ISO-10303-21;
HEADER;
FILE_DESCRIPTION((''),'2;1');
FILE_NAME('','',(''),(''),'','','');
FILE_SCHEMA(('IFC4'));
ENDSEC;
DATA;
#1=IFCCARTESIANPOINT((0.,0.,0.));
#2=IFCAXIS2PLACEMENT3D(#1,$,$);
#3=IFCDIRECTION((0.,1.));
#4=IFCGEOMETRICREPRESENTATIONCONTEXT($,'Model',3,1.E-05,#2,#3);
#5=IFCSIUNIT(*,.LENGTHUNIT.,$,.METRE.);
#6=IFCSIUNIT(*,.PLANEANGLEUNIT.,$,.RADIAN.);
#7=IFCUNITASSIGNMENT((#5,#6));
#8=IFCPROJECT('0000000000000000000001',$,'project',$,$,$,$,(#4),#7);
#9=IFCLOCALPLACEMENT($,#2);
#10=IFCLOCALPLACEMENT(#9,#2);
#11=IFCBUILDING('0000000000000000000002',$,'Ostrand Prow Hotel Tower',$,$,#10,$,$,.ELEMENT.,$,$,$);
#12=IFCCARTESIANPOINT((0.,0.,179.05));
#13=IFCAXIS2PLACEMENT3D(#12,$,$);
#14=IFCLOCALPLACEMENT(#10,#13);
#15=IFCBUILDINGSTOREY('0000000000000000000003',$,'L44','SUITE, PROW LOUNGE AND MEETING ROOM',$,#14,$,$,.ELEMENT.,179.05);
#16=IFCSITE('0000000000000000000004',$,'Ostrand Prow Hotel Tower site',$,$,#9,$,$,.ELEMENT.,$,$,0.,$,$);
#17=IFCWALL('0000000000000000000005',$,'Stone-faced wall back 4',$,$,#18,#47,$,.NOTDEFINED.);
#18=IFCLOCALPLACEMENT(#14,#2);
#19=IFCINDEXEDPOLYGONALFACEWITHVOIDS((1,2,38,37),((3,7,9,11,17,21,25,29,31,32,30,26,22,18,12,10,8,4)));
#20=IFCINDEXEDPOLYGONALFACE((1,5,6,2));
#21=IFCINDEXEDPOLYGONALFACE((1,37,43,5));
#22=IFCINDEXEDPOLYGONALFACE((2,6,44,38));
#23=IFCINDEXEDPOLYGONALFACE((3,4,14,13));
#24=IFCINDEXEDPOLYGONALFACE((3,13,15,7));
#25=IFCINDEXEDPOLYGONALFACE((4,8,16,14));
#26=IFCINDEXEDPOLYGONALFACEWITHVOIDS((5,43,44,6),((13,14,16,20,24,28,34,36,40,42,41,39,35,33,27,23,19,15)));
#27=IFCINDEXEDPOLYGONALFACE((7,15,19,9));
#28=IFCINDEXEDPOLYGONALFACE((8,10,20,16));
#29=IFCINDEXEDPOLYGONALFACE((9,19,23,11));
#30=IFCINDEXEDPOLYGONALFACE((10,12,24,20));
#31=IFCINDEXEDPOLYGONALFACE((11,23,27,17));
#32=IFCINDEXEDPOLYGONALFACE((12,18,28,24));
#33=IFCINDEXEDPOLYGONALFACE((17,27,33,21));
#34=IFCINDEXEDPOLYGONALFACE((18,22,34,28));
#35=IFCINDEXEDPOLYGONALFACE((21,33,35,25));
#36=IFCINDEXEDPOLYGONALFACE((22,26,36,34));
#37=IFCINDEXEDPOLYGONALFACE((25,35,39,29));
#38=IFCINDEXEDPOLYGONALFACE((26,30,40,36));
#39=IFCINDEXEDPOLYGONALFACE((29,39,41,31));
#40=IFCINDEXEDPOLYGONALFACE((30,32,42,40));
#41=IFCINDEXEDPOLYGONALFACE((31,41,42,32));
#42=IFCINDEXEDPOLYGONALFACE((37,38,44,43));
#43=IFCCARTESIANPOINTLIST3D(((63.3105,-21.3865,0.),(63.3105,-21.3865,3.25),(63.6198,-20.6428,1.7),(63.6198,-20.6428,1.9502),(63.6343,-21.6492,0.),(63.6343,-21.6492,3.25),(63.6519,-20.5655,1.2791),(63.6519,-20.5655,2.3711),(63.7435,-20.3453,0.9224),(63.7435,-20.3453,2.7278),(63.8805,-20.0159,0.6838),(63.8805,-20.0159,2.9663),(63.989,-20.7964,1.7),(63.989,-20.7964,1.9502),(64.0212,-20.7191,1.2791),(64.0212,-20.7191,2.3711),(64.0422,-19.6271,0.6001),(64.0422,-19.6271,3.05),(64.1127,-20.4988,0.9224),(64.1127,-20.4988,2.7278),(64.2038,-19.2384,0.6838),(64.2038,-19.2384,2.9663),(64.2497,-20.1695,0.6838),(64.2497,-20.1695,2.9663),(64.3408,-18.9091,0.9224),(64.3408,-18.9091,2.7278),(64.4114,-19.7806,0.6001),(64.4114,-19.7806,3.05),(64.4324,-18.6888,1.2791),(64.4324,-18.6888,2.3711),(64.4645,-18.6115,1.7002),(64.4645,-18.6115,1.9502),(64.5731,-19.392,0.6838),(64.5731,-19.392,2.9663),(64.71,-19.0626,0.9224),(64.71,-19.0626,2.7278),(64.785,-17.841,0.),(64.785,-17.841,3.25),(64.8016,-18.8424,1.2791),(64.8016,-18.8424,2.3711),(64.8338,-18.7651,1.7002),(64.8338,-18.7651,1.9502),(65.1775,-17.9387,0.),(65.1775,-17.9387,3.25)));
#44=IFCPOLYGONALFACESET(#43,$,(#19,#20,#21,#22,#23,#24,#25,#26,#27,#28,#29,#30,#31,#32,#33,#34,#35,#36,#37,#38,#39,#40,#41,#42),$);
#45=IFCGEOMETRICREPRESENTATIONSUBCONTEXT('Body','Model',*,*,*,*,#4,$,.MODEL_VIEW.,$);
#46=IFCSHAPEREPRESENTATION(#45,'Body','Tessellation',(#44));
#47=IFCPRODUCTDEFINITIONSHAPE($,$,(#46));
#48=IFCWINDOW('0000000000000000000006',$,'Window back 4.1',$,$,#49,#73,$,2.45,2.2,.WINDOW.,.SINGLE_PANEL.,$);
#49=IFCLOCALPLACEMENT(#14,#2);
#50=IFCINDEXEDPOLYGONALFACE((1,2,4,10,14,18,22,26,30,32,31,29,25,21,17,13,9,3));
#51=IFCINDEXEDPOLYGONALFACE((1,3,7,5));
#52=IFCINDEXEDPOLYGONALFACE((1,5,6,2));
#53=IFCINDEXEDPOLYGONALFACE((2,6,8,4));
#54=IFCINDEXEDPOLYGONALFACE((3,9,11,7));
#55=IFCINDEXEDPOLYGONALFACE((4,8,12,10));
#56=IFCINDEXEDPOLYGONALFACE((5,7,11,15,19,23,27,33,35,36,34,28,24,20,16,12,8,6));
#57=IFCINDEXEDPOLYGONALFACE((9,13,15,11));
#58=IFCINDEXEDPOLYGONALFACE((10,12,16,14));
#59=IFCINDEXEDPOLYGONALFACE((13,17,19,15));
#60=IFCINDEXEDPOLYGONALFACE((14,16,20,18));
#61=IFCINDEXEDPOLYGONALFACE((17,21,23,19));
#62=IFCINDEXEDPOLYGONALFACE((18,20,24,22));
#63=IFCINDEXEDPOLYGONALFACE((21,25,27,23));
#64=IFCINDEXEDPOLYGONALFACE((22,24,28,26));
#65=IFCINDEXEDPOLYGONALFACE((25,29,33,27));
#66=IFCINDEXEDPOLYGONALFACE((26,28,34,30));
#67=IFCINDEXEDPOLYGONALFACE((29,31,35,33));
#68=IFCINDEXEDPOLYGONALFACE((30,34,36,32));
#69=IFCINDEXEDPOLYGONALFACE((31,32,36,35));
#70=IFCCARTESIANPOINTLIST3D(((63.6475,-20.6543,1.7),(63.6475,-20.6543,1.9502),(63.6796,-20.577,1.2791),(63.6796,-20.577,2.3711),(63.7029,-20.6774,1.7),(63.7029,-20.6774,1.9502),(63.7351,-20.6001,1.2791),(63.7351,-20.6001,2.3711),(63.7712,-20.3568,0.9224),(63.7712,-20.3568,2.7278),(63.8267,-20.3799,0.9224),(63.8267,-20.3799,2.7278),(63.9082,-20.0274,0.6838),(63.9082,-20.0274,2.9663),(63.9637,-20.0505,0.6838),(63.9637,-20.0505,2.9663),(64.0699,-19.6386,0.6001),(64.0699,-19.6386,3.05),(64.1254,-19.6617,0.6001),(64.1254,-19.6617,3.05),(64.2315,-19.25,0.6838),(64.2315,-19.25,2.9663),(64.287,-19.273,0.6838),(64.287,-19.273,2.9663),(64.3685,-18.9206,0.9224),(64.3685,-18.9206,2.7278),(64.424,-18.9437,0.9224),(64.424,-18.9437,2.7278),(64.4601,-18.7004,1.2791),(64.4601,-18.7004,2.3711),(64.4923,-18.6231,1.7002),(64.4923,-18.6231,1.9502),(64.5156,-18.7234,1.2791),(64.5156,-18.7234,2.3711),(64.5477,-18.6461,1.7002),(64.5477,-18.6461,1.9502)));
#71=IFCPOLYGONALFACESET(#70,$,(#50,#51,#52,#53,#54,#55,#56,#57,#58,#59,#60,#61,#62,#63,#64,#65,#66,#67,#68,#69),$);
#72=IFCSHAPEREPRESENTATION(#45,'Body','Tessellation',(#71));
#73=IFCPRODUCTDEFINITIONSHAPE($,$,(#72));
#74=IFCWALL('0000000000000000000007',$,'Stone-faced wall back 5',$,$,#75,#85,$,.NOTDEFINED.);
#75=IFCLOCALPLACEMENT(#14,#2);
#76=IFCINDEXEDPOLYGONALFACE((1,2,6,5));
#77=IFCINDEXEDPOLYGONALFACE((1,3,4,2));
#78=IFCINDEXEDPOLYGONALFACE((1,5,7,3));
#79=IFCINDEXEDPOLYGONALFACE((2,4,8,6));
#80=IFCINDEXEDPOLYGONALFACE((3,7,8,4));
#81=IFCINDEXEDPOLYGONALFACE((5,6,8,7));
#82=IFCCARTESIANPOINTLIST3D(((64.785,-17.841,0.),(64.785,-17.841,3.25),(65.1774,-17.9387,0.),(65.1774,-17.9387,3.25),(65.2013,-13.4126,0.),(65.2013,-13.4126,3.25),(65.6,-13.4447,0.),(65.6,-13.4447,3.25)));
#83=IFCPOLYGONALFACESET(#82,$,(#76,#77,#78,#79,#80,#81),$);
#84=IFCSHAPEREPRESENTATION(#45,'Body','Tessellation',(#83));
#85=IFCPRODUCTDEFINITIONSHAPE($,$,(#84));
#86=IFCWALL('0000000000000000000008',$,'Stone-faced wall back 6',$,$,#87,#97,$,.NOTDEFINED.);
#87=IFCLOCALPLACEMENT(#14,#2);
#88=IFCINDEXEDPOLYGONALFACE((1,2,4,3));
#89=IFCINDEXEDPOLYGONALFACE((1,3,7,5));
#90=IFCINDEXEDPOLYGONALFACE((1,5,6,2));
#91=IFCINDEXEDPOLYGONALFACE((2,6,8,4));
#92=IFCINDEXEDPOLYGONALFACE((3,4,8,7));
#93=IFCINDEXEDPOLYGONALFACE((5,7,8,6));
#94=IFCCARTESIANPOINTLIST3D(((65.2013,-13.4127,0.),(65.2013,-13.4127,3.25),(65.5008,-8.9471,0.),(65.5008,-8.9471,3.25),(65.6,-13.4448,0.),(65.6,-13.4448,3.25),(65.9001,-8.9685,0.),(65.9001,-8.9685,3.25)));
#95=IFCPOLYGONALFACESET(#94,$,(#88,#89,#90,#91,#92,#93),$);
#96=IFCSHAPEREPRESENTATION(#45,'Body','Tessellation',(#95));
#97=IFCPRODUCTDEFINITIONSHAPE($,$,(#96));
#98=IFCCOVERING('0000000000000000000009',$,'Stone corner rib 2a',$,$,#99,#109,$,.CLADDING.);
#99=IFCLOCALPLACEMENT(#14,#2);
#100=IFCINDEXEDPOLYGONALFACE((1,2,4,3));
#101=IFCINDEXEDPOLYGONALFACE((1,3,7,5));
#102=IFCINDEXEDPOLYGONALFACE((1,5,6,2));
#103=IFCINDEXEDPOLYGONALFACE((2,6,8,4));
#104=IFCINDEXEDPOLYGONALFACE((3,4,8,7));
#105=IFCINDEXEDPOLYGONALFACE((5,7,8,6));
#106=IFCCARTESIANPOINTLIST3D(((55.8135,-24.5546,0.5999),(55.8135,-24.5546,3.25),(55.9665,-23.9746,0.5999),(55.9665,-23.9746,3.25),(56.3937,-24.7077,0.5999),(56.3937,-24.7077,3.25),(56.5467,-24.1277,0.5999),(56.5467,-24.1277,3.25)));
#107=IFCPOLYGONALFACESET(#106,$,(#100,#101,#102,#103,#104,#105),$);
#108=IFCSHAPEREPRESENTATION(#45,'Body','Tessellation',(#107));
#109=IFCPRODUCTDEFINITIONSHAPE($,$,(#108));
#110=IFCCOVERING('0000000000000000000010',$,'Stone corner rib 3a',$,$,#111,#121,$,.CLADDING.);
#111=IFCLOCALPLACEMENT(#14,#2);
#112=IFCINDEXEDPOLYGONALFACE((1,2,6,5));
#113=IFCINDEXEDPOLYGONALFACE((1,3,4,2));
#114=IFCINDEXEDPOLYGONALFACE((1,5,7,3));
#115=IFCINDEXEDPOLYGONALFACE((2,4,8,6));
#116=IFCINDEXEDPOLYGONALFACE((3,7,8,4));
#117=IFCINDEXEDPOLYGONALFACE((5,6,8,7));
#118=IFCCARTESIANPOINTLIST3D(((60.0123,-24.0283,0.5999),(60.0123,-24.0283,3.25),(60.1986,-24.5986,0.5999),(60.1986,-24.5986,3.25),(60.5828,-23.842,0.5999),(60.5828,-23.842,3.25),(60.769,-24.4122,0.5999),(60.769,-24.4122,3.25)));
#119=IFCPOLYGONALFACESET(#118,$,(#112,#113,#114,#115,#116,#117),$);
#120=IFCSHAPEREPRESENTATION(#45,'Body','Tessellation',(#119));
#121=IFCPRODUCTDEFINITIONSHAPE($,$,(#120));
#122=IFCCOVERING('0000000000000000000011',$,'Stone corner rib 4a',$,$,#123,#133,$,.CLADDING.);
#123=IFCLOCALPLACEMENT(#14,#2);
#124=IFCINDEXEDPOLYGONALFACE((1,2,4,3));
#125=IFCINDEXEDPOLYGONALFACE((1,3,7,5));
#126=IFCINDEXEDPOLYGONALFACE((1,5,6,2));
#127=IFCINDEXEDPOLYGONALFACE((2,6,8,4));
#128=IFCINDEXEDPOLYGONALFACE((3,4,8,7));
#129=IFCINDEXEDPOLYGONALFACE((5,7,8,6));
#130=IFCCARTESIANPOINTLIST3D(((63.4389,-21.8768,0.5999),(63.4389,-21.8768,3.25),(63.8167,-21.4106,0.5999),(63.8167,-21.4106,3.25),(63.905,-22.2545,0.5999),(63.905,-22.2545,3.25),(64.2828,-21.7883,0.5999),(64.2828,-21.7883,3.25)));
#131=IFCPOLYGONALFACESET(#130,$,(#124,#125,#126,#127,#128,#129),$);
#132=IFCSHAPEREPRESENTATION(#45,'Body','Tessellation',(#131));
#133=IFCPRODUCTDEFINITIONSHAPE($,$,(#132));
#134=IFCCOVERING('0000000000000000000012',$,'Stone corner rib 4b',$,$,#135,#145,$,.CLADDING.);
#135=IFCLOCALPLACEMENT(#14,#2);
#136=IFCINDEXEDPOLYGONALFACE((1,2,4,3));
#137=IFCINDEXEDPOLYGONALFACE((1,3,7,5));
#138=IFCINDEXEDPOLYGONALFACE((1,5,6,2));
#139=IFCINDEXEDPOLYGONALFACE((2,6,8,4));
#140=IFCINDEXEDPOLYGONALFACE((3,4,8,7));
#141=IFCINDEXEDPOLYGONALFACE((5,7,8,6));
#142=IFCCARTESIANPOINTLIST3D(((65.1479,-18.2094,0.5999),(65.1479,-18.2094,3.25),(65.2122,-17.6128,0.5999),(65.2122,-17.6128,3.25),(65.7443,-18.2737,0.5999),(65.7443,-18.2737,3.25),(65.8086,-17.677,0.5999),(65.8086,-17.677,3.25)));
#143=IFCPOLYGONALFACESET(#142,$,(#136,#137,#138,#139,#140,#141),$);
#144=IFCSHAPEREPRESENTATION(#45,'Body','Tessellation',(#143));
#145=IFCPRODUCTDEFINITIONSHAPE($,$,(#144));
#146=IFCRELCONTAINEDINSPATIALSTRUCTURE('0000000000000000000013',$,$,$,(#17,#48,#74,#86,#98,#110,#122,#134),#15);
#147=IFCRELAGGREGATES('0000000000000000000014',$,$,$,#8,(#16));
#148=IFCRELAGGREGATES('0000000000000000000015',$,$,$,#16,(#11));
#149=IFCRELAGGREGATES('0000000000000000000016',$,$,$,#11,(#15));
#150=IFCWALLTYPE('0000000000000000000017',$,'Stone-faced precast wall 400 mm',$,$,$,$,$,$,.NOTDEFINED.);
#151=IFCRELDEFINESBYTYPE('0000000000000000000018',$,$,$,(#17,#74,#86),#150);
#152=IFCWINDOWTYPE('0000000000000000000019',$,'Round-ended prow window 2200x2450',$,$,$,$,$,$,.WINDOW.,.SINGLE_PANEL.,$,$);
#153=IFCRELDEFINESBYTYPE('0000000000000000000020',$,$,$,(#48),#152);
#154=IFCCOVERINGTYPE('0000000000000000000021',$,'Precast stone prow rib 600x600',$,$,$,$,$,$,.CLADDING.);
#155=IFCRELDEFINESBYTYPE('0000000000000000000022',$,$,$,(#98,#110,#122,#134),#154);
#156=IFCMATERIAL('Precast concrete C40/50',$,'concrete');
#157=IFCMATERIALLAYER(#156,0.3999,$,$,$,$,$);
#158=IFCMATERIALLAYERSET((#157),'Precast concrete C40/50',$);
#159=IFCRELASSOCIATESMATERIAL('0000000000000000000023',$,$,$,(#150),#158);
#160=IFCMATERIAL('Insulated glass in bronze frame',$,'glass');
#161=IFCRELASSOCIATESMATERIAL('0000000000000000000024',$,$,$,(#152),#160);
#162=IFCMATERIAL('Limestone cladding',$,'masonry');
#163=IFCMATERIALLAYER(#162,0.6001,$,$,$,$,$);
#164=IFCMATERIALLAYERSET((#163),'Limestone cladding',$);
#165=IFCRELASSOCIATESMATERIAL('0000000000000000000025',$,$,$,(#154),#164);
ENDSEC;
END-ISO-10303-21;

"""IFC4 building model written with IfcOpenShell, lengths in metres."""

from ifc_helpers import new_model, si_unit, direction, frame, frame_2d, origin, place, context, subcontext, project, spatial, polyline, rectangle, outline, extrude, material, layer, layer_set, type_object, element, fill, save


model = new_model("IFC4")

# Units and contexts
model_context = context("Model", 3, precision=1e-05, world=origin(), true_north=direction((0.0, 1.0)))
body_context = subcontext(model_context, "Body", "Model", "MODEL_VIEW")
ifc_project = project(units=[si_unit("LENGTHUNIT", "METRE"), si_unit("PLANEANGLEUNIT", "RADIAN")], contexts=[model_context])

# Site, building, storey
site_placement = place(None, origin())
site = spatial("IfcSite", under=ifc_project, at=site_placement, Name="Ostrand Prow Hotel Tower site", CompositionType="ELEMENT", RefElevation=0.0)
building_placement = place(site_placement, origin())
building = spatial("IfcBuilding", under=site, at=building_placement, Name="Ostrand Prow Hotel Tower", CompositionType="ELEMENT")
storey_placement = place(building_placement, frame((0.0, 0.0, 179.05)))
storey = spatial("IfcBuildingStorey", under=building, at=storey_placement, Name="L44", Description="SUITE, PROW LOUNGE AND MEETING ROOM", CompositionType="ELEMENT", Elevation=179.05)

# Wall, opening, window
ifc_material_1 = material(Name="Precast concrete C40/50", Category="concrete")
ifc_layer_1 = layer(ifc_material_1, 0.3999)
ifc_layer_set_1 = layer_set([ifc_layer_1], Name="Precast concrete C40/50")
wall_type_1 = type_object("IfcWallType", Name="Stone-faced precast wall 400 mm", PredefinedType="NOTDEFINED", material=ifc_layer_set_1)
ifc_material_2 = material(Name="Insulated glass in bronze frame", Category="glass")
window_type = type_object("IfcWindowType", Name="Round-ended prow window 2200x2450", PartitioningType="SINGLE_PANEL", PredefinedType="WINDOW", material=ifc_material_2)
wall_1_placement = place(storey_placement, frame((63.4724, -21.5178, 0.0), z_axis=(0.0, 0.0, 1.0), x_axis=(0.383998, 0.923334, 0.0)))
wall_1 = element("IfcWall", 1, at=wall_1_placement, inside=storey, type_object=wall_type_1, Name="Stone-faced wall back 4", PredefinedType="NOTDEFINED", context=body_context, shape_type="SweptSolid", body=[
    extrude(outline(polyline([(-0.0591, -0.2), (3.9595, -0.2), (3.8989, 0.2), (0.0591, 0.2), (-0.0591, -0.2)])), origin(), (0.0, 0.0, 1.0), 3.25),
])
opening_1_placement = place(wall_1_placement, frame((0.8645, 0.0, 0.6001)))
opening_1 = element("IfcOpeningElement", 2, at=opening_1_placement, cuts=wall_1, PredefinedType="OPENING", context=body_context, shape_type="SweptSolid", body=[
    extrude(outline(polyline([(0.0, 1.3501), (0.0837, 1.771), (0.3223, 2.1277), (0.679, 2.3662), (1.1001, 2.45), (1.521, 2.3662), (1.8777, 2.1277), (2.1162, 1.771), (2.2, 1.3501), (2.2, 1.1001), (2.1162, 0.679), (1.8777, 0.3223), (1.521, 0.0837), (1.1001, 0.0), (0.679, 0.0837), (0.3223, 0.3223), (0.0837, 0.679), (0.0, 1.0999), (0.0, 1.3501)])), frame((0.0, 0.21, 0.0), z_axis=(0.0, -1.0, 0.0), x_axis=(1.0, 0.0, 0.0)), (0.0, 0.0, 1.0), 0.4199),
])
window_1_placement = place(opening_1_placement, origin())
window_1 = element("IfcWindow", 3, at=window_1_placement, inside=storey, type_object=window_type, Name="Window back 4.1", OverallHeight=2.45, OverallWidth=2.2, PartitioningType="SINGLE_PANEL", PredefinedType="WINDOW", context=body_context, shape_type="SweptSolid", body=[
    extrude(outline(polyline([(0.0, 1.3501), (0.0837, 1.771), (0.3223, 2.1277), (0.679, 2.3662), (1.1001, 2.45), (1.521, 2.3662), (1.8777, 2.1277), (2.1162, 1.771), (2.2, 1.3501), (2.2, 1.1001), (2.1162, 0.679), (1.8777, 0.3223), (1.521, 0.0837), (1.1001, 0.0), (0.679, 0.0837), (0.3223, 0.3223), (0.0837, 0.679), (0.0, 1.0999), (0.0, 1.3501)])), frame((0.0, 0.1699, 0.0), z_axis=(0.0, -1.0, 0.0), x_axis=(1.0, 0.0, 0.0)), (0.0, 0.0, 1.0), 0.0601),
])
fill(opening_1, window_1)

# Walls
wall_2_placement = place(storey_placement, frame((64.9812, -17.8899, 0.0), z_axis=(0.0, 0.0, 1.0), x_axis=(0.093606, 0.995609, 0.0)))
element("IfcWall", 4, at=wall_2_placement, inside=storey, type_object=wall_type_1, Name="Stone-faced wall back 5", PredefinedType="NOTDEFINED", context=body_context, shape_type="SweptSolid", body=[
    extrude(outline(polyline([(-0.0303, -0.2), (4.4836, -0.2), (4.4783, 0.2), (0.0303, 0.2), (-0.0303, -0.2)])), origin(), (0.0, 0.0, 1.0), 3.25),
])
wall_3_placement = place(storey_placement, frame((65.4006, -13.4287, 0.0), z_axis=(0.0, 0.0, 1.0), x_axis=(0.066906, 0.997759, 0.0)))
element("IfcWall", 5, at=wall_3_placement, inside=storey, type_object=wall_type_1, Name="Stone-faced wall back 6", PredefinedType="NOTDEFINED", context=body_context, shape_type="SweptSolid", body=[
    extrude(outline(polyline([(-0.0027, -0.2), (4.4836, -0.2), (4.4783, 0.2), (0.0027, 0.2), (-0.0027, -0.2)])), origin(), (0.0, 0.0, 1.0), 3.25),
])

# Coverings
ifc_material_3 = material(Name="Limestone cladding", Category="masonry")
ifc_layer_2 = layer(ifc_material_3, 0.6001)
ifc_layer_set_2 = layer_set([ifc_layer_2], Name="Limestone cladding")
covering_type = type_object("IfcCoveringType", Name="Precast stone prow rib 600x600", PredefinedType="CLADDING", material=ifc_layer_set_2)
for number, where, z_axis, x_axis, name in (
    (6, (56.2566, -24.0513, 0.5999), (0.0, 0.0, 1.0), (-0.255154, -0.9669, 0.0), "Stone corner rib 2a"),
    (7, (60.2976, -23.9353, 0.5999), (0.0, 0.0, 1.0), (0.310484, -0.950578, 0.0), "Stone corner rib 3a"),
    (8, (63.6279, -21.6438, 0.5999), (0.0, 0.0, 1.0), (0.776923, -0.629596, 0.0), "Stone corner rib 4a"),
    (9, (65.1802, -17.9111, 0.5999), (0.0, 0.0, 1.0), (0.994255, -0.107036, 0.0), "Stone corner rib 4b"),
):
    element("IfcCovering", number, at=place(storey_placement, frame(where, z_axis=z_axis, x_axis=x_axis)), inside=storey, type_object=covering_type, Name=name, PredefinedType="CLADDING", context=body_context, shape_type="SweptSolid", body=[
        extrude(rectangle(XDim=0.5999, YDim=0.6001, at=frame_2d((0.2998, 0.0))), origin(), (0.0, 0.0, 1.0), 2.6501),
    ])

save(model, "model.ifc")
